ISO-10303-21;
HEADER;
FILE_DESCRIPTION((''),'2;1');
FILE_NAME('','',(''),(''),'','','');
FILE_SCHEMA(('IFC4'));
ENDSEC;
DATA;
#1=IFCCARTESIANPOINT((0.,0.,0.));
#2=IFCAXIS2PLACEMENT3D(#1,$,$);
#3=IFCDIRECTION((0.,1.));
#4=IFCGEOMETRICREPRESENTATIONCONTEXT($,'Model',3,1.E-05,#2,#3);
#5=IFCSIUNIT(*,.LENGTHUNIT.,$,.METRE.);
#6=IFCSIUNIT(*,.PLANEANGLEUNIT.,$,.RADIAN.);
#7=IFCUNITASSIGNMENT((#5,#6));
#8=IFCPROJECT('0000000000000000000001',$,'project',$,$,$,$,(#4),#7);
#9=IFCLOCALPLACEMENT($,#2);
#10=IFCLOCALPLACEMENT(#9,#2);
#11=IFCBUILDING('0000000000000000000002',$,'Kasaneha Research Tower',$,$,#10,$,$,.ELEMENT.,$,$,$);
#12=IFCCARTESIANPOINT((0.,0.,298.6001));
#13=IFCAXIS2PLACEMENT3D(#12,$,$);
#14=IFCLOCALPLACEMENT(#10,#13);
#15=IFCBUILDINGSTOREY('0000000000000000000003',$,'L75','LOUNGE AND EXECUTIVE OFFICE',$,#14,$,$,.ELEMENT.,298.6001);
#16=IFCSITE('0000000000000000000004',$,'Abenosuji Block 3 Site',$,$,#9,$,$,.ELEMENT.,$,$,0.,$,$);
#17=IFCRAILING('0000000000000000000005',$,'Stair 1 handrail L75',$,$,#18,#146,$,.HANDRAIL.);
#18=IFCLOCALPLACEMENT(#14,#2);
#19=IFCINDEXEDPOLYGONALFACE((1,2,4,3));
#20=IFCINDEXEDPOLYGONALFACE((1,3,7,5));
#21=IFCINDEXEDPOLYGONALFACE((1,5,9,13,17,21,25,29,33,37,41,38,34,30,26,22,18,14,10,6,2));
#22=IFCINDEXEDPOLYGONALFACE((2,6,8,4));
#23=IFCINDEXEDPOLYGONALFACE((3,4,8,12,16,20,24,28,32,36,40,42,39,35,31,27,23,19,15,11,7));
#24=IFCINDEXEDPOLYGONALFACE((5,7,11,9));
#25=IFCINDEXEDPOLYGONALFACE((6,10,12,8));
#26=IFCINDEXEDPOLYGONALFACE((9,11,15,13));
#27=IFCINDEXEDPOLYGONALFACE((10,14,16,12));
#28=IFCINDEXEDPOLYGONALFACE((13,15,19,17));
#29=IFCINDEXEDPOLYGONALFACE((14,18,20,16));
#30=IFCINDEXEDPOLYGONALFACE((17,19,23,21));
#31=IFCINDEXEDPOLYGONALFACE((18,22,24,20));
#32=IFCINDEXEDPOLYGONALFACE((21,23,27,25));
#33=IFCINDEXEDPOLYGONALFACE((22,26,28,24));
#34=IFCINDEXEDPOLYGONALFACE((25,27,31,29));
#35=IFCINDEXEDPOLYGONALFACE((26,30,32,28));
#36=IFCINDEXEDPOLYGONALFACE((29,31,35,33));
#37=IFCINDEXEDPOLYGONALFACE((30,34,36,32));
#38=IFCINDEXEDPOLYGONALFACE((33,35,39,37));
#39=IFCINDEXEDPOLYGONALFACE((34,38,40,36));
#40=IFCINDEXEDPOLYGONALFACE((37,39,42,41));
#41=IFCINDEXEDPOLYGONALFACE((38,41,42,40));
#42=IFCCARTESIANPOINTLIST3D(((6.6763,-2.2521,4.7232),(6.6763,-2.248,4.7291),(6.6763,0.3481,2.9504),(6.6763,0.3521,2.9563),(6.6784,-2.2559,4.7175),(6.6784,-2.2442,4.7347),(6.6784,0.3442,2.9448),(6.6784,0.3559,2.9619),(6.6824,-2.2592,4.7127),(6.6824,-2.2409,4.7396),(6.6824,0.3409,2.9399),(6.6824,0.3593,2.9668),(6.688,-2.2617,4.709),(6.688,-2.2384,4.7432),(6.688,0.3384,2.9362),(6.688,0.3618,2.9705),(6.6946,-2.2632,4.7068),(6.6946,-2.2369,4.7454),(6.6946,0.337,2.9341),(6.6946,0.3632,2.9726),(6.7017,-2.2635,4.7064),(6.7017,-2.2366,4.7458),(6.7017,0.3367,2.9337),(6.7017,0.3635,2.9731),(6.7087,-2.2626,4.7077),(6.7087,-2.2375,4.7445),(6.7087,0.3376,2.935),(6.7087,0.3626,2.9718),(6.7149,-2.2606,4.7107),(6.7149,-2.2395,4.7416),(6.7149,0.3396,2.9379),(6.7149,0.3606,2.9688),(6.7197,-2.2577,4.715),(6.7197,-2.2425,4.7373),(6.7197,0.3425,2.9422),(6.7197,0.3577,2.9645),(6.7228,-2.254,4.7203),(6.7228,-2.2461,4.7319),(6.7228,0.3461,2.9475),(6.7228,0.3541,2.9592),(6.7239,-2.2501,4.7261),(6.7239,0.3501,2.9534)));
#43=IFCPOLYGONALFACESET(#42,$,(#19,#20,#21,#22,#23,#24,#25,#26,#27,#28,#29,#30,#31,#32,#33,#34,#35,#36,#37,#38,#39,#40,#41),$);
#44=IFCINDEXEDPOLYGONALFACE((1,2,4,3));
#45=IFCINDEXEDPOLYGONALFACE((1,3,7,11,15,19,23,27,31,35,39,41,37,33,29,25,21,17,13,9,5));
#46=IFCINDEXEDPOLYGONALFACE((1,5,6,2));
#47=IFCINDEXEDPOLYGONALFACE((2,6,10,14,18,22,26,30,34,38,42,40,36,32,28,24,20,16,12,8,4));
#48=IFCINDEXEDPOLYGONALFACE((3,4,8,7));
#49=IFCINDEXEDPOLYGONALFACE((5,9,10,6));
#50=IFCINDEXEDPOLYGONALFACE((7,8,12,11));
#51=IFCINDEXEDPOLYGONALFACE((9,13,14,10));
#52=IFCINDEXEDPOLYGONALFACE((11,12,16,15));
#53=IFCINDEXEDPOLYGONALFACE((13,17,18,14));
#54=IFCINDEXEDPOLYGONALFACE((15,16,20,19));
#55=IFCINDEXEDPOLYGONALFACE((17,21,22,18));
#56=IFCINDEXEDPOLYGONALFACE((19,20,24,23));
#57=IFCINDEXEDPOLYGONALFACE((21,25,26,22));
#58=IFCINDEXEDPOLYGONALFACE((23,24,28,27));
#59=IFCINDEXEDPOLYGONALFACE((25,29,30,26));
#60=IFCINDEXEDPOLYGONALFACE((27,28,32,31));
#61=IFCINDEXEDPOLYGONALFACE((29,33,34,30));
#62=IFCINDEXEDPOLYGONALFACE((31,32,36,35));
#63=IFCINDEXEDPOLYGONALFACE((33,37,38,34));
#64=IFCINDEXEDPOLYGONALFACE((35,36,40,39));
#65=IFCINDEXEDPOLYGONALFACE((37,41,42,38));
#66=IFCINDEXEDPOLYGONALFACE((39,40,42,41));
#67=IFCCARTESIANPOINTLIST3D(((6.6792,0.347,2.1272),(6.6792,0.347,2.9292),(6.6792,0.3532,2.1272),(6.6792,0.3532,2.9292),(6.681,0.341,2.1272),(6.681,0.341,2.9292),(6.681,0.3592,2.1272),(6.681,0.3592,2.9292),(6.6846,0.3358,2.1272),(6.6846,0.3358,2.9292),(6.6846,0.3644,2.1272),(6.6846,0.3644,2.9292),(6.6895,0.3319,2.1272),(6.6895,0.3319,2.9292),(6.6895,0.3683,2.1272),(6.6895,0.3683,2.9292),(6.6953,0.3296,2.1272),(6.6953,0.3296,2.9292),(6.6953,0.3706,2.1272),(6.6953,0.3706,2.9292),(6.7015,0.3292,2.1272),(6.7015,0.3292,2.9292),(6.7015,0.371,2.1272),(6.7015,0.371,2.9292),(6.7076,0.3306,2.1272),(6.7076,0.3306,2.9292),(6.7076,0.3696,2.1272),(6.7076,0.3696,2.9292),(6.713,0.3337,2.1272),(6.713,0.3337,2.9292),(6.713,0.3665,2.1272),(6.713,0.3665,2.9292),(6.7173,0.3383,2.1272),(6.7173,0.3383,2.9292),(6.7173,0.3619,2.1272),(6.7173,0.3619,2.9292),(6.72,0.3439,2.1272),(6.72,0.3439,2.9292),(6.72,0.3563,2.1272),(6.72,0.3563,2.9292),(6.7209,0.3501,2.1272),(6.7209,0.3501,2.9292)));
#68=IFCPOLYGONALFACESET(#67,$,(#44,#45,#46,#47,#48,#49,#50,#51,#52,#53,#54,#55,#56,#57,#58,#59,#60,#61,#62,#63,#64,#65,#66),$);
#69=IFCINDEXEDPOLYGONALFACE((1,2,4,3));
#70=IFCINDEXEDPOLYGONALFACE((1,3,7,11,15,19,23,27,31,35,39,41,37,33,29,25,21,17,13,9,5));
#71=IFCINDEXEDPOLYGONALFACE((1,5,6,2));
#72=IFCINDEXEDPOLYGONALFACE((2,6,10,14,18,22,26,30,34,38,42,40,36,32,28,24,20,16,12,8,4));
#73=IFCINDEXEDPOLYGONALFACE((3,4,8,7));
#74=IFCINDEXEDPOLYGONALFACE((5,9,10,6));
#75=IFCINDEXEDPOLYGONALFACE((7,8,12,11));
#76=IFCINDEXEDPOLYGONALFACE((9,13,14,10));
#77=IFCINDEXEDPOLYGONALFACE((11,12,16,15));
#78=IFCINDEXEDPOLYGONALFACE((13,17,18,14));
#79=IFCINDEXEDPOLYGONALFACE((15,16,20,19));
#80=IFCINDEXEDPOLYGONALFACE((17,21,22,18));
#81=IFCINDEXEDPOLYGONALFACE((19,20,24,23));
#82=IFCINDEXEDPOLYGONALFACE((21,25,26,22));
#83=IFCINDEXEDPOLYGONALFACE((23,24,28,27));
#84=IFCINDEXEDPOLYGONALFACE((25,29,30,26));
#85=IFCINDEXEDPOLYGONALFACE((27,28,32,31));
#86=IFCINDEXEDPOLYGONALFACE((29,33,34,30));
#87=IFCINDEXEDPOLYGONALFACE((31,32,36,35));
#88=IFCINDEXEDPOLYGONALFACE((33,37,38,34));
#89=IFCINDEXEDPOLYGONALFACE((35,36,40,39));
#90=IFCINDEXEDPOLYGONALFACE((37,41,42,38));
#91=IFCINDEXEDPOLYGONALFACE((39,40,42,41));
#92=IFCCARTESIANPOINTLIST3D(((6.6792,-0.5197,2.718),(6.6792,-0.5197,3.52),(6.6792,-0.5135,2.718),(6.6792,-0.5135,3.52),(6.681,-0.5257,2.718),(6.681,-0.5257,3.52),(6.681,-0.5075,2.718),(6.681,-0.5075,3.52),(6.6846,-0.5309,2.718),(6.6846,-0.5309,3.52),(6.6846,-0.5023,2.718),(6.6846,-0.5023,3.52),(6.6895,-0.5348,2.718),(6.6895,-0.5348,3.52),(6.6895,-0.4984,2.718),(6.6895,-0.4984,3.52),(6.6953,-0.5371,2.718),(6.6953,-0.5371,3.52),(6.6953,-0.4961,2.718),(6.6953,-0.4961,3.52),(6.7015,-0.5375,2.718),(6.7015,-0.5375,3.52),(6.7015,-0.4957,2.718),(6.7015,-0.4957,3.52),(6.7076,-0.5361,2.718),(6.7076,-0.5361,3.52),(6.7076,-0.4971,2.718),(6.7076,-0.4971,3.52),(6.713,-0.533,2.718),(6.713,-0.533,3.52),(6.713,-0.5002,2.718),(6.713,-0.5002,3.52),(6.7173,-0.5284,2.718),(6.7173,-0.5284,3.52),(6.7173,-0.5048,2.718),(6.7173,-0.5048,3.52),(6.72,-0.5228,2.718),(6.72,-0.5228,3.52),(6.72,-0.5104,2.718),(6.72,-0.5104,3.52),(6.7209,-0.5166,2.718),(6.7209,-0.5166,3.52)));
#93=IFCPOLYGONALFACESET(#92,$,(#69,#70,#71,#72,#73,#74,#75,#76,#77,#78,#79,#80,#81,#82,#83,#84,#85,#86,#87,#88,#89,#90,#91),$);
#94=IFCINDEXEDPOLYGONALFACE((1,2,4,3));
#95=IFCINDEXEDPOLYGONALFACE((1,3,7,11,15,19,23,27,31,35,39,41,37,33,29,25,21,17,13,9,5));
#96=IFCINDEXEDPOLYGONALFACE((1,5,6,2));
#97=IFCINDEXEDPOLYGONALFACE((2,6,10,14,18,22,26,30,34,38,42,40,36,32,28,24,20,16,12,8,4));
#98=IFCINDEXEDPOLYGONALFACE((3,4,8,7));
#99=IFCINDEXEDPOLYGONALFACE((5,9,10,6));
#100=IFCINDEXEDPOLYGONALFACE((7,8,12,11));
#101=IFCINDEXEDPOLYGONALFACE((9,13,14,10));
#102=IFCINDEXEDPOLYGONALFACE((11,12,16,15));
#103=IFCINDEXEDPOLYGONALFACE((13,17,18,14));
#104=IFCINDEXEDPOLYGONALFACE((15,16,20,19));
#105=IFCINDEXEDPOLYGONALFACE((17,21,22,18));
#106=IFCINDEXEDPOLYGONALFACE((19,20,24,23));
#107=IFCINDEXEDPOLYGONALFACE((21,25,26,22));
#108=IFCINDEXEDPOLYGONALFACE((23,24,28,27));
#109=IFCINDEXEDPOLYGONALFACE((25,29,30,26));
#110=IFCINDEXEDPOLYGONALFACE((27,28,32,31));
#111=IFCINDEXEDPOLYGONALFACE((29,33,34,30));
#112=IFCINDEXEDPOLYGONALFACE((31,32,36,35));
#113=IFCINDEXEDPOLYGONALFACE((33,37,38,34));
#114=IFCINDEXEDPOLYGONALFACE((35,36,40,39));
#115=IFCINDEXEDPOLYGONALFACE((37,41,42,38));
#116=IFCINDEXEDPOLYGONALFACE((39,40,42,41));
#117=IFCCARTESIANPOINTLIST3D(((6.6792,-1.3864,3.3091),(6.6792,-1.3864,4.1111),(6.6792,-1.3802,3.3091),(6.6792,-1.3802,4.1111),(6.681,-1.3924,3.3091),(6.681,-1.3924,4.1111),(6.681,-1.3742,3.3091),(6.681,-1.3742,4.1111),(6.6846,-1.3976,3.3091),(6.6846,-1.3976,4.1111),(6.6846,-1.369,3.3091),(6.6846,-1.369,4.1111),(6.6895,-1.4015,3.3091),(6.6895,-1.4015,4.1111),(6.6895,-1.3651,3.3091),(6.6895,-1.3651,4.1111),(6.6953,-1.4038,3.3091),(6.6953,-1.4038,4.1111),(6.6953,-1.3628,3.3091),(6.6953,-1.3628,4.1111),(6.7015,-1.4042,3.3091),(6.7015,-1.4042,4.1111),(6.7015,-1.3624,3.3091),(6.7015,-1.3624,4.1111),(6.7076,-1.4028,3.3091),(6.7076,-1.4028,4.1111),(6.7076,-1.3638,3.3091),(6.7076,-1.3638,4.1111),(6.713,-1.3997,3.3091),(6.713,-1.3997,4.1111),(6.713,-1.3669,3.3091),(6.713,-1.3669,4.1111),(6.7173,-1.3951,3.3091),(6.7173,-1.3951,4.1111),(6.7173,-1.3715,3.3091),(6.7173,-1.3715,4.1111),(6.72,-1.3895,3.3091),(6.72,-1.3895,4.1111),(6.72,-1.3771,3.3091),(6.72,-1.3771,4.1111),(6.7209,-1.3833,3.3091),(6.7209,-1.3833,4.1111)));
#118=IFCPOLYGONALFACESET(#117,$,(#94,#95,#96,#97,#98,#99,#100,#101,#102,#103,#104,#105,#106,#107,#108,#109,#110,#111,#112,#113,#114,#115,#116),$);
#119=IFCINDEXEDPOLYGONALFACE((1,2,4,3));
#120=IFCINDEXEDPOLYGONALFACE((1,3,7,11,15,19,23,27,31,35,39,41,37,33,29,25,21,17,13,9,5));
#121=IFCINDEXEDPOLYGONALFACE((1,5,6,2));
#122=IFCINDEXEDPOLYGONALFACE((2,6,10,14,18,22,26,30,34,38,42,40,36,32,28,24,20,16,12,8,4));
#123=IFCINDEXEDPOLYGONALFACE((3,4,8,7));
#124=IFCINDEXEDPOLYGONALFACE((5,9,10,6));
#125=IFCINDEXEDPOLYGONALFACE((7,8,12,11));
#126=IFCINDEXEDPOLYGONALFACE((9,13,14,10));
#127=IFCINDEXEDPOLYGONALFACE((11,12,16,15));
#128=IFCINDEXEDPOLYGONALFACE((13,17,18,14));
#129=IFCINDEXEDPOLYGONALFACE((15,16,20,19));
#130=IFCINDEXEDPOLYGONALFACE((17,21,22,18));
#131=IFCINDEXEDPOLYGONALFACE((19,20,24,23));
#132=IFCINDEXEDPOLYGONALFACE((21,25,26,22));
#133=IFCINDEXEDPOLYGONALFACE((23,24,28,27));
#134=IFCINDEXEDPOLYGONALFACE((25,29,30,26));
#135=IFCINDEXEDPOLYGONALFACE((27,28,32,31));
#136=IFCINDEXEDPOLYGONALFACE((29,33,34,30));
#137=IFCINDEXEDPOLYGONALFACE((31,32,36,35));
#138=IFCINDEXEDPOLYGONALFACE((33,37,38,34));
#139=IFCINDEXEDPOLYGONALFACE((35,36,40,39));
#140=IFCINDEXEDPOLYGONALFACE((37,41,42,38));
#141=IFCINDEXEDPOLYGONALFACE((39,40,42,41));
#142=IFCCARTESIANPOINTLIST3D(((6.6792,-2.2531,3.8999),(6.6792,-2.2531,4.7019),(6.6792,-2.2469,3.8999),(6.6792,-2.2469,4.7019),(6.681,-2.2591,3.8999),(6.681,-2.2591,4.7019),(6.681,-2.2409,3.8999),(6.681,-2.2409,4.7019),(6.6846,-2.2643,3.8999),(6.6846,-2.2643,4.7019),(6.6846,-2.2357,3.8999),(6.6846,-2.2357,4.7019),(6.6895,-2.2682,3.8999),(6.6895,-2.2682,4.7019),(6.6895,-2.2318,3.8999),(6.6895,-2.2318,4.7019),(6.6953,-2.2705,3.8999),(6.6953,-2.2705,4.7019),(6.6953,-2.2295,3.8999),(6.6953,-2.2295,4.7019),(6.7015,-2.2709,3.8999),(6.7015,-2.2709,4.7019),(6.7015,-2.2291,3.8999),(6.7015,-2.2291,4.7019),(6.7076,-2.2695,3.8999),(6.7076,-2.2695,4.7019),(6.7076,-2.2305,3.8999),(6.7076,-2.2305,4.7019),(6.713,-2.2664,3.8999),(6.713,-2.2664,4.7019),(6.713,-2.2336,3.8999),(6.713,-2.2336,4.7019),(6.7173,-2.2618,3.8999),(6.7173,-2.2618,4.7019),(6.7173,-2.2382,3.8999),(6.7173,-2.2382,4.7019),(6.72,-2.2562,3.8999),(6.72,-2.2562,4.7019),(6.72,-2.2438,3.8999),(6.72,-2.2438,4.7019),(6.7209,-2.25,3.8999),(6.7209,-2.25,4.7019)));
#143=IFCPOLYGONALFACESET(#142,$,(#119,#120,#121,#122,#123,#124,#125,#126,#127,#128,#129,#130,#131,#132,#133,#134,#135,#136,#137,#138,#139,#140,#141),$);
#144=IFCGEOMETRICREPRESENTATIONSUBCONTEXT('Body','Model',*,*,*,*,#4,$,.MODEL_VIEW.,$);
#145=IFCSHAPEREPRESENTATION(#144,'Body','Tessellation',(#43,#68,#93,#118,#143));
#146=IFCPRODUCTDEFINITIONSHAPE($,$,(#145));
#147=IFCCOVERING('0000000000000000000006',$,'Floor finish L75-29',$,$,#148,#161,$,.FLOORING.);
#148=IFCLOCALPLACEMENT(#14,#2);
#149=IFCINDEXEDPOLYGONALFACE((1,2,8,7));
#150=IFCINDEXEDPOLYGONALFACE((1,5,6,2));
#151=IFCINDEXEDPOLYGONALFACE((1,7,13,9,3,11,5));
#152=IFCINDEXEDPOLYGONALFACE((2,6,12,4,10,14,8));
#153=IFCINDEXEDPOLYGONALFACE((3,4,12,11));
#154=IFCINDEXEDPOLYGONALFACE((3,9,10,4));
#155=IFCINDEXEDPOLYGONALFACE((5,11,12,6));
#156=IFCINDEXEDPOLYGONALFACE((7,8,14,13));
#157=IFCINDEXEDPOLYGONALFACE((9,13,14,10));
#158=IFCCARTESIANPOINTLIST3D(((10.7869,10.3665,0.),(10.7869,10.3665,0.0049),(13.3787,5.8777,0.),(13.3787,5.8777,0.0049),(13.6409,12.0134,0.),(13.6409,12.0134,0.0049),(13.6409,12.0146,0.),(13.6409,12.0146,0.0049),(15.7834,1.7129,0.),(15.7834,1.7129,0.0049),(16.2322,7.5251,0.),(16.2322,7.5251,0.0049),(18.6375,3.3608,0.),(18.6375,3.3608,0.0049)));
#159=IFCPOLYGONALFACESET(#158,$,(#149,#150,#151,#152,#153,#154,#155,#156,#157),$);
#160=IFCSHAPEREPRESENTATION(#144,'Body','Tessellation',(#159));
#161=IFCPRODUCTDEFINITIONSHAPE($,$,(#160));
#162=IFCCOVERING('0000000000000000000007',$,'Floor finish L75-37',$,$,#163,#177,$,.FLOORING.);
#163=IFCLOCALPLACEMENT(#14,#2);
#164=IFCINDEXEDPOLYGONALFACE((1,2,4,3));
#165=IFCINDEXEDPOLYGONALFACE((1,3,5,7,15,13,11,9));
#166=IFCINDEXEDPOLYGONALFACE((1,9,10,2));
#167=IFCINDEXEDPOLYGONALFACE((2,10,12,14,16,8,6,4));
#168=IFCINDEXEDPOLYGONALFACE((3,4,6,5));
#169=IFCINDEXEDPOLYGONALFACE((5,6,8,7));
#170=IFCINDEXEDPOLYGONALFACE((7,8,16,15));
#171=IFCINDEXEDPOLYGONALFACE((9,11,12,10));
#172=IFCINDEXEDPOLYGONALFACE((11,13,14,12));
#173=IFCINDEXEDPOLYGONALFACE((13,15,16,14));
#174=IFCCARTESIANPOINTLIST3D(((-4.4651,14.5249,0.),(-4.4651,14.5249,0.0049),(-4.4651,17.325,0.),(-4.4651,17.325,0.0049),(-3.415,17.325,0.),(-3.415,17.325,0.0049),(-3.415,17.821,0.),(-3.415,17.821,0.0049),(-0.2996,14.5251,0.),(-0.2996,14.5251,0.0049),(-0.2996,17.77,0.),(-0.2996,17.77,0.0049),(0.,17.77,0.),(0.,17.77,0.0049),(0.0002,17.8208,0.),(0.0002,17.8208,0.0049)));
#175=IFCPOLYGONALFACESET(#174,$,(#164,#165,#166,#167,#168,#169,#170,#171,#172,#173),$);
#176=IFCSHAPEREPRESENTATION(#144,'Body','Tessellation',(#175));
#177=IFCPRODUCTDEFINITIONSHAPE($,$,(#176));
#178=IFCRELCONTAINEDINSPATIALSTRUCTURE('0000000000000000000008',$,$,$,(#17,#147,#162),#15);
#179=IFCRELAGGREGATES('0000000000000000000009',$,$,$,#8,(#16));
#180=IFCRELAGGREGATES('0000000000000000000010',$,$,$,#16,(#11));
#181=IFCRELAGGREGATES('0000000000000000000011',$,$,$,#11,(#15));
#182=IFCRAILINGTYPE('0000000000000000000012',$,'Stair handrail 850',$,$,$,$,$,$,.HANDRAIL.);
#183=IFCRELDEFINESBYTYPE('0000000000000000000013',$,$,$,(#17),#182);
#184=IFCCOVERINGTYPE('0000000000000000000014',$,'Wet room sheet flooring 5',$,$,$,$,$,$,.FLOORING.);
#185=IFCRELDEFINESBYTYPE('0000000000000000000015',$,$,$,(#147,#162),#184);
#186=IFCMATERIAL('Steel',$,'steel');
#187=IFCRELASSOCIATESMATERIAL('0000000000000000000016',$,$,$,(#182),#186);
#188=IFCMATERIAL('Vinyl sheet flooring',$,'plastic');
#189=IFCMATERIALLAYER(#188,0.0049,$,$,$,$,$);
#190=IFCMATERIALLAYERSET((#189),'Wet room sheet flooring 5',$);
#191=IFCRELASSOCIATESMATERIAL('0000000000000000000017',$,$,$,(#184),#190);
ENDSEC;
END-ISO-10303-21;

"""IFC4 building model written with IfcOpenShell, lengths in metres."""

from ifc_helpers import new_model, si_unit, direction, frame, origin, origin_2d, place, context, subcontext, project, spatial, polyline, circle, outline, extrude, material, layer, layer_set, type_object, element, save


model = new_model("IFC4")

# Units and contexts
model_context = context("Model", 3, precision=1e-05, world=origin(), true_north=direction((0.0, 1.0)))
body_context = subcontext(model_context, "Body", "Model", "MODEL_VIEW")
ifc_project = project(units=[si_unit("LENGTHUNIT", "METRE"), si_unit("PLANEANGLEUNIT", "RADIAN")], contexts=[model_context])

# Site, building, storey
site_placement = place(None, origin())
site = spatial("IfcSite", under=ifc_project, at=site_placement, Name="Abenosuji Block 3 Site", CompositionType="ELEMENT", RefElevation=0.0)
building_placement = place(site_placement, origin())
building = spatial("IfcBuilding", under=site, at=building_placement, Name="Kasaneha Research Tower", CompositionType="ELEMENT")
storey_placement = place(building_placement, frame((0.0, 0.0, 298.6001)))
storey = spatial("IfcBuildingStorey", under=building, at=storey_placement, Name="L75", Description="LOUNGE AND EXECUTIVE OFFICE", CompositionType="ELEMENT", Elevation=298.6001)

# Railing
ifc_material_1 = material(Name="Steel", Category="steel")
railing_type_1 = type_object("IfcRailingType", Name="Stair handrail 850", PredefinedType="HANDRAIL", material=ifc_material_1)
railing_1_placement = place(storey_placement, frame((6.7, 0.3501, 2.1272)))
element("IfcRailing", 1, at=railing_1_placement, inside=storey, type_object=railing_type_1, Name="Stair 1 handrail L75", PredefinedType="HANDRAIL", context=body_context, shape_type="SweptSolid", body=[
    extrude(circle(Radius=0.0239, at=origin_2d()), frame((0.0, 0.0, 0.8262), z_axis=(0.0, -0.82624, 0.563318), x_axis=(1.0, 0.0, 0.0)), (0.0, 0.0, 1.0), 3.147),
    extrude(circle(Radius=0.021, at=origin_2d()), origin(), (0.0, 0.0, 1.0), 0.802),
    extrude(circle(Radius=0.021, at=origin_2d()), frame((0.0, -0.8667, 0.5908)), (0.0, 0.0, 1.0), 0.802),
    extrude(circle(Radius=0.021, at=origin_2d()), frame((0.0, -1.7334, 1.1819)), (0.0, 0.0, 1.0), 0.802),
    extrude(circle(Radius=0.021, at=origin_2d()), frame((0.0, -2.6001, 1.7727)), (0.0, 0.0, 1.0), 0.802),
])

# Coverings
ifc_material_2 = material(Name="Vinyl sheet flooring", Category="plastic")
ifc_layer_1 = layer(ifc_material_2, 0.0049)
ifc_layer_set_1 = layer_set([ifc_layer_1], Name="Wet room sheet flooring 5")
covering_type = type_object("IfcCoveringType", Name="Wet room sheet flooring 5", PredefinedType="FLOORING", material=ifc_layer_set_1)
covering_1_placement = place(storey_placement, origin())
element("IfcCovering", 2, at=covering_1_placement, inside=storey, type_object=covering_type, Name="Floor finish L75-29", PredefinedType="FLOORING", context=body_context, shape_type="SweptSolid", body=[
    extrude(outline(polyline([(15.7834, 1.7129), (13.3787, 5.8777), (16.2322, 7.5251), (13.6409, 12.0134), (10.7869, 10.3665), (13.6409, 12.0146), (18.6375, 3.3608), (15.7834, 1.7129)])), origin(), (0.0, 0.0, 1.0), 0.0049),
])
covering_2_placement = place(storey_placement, origin())
element("IfcCovering", 3, at=covering_2_placement, inside=storey, type_object=covering_type, Name="Floor finish L75-37", PredefinedType="FLOORING", context=body_context, shape_type="SweptSolid", body=[
    extrude(outline(polyline([(-3.415, 17.325), (-3.415, 17.821), (0.0002, 17.8208), (0.0, 17.77), (-0.2996, 17.77), (-0.2996, 14.5251), (-4.4651, 14.5249), (-4.4651, 17.325), (-3.415, 17.325)])), origin(), (0.0, 0.0, 1.0), 0.0049),
])

save(model, "model.ifc")
